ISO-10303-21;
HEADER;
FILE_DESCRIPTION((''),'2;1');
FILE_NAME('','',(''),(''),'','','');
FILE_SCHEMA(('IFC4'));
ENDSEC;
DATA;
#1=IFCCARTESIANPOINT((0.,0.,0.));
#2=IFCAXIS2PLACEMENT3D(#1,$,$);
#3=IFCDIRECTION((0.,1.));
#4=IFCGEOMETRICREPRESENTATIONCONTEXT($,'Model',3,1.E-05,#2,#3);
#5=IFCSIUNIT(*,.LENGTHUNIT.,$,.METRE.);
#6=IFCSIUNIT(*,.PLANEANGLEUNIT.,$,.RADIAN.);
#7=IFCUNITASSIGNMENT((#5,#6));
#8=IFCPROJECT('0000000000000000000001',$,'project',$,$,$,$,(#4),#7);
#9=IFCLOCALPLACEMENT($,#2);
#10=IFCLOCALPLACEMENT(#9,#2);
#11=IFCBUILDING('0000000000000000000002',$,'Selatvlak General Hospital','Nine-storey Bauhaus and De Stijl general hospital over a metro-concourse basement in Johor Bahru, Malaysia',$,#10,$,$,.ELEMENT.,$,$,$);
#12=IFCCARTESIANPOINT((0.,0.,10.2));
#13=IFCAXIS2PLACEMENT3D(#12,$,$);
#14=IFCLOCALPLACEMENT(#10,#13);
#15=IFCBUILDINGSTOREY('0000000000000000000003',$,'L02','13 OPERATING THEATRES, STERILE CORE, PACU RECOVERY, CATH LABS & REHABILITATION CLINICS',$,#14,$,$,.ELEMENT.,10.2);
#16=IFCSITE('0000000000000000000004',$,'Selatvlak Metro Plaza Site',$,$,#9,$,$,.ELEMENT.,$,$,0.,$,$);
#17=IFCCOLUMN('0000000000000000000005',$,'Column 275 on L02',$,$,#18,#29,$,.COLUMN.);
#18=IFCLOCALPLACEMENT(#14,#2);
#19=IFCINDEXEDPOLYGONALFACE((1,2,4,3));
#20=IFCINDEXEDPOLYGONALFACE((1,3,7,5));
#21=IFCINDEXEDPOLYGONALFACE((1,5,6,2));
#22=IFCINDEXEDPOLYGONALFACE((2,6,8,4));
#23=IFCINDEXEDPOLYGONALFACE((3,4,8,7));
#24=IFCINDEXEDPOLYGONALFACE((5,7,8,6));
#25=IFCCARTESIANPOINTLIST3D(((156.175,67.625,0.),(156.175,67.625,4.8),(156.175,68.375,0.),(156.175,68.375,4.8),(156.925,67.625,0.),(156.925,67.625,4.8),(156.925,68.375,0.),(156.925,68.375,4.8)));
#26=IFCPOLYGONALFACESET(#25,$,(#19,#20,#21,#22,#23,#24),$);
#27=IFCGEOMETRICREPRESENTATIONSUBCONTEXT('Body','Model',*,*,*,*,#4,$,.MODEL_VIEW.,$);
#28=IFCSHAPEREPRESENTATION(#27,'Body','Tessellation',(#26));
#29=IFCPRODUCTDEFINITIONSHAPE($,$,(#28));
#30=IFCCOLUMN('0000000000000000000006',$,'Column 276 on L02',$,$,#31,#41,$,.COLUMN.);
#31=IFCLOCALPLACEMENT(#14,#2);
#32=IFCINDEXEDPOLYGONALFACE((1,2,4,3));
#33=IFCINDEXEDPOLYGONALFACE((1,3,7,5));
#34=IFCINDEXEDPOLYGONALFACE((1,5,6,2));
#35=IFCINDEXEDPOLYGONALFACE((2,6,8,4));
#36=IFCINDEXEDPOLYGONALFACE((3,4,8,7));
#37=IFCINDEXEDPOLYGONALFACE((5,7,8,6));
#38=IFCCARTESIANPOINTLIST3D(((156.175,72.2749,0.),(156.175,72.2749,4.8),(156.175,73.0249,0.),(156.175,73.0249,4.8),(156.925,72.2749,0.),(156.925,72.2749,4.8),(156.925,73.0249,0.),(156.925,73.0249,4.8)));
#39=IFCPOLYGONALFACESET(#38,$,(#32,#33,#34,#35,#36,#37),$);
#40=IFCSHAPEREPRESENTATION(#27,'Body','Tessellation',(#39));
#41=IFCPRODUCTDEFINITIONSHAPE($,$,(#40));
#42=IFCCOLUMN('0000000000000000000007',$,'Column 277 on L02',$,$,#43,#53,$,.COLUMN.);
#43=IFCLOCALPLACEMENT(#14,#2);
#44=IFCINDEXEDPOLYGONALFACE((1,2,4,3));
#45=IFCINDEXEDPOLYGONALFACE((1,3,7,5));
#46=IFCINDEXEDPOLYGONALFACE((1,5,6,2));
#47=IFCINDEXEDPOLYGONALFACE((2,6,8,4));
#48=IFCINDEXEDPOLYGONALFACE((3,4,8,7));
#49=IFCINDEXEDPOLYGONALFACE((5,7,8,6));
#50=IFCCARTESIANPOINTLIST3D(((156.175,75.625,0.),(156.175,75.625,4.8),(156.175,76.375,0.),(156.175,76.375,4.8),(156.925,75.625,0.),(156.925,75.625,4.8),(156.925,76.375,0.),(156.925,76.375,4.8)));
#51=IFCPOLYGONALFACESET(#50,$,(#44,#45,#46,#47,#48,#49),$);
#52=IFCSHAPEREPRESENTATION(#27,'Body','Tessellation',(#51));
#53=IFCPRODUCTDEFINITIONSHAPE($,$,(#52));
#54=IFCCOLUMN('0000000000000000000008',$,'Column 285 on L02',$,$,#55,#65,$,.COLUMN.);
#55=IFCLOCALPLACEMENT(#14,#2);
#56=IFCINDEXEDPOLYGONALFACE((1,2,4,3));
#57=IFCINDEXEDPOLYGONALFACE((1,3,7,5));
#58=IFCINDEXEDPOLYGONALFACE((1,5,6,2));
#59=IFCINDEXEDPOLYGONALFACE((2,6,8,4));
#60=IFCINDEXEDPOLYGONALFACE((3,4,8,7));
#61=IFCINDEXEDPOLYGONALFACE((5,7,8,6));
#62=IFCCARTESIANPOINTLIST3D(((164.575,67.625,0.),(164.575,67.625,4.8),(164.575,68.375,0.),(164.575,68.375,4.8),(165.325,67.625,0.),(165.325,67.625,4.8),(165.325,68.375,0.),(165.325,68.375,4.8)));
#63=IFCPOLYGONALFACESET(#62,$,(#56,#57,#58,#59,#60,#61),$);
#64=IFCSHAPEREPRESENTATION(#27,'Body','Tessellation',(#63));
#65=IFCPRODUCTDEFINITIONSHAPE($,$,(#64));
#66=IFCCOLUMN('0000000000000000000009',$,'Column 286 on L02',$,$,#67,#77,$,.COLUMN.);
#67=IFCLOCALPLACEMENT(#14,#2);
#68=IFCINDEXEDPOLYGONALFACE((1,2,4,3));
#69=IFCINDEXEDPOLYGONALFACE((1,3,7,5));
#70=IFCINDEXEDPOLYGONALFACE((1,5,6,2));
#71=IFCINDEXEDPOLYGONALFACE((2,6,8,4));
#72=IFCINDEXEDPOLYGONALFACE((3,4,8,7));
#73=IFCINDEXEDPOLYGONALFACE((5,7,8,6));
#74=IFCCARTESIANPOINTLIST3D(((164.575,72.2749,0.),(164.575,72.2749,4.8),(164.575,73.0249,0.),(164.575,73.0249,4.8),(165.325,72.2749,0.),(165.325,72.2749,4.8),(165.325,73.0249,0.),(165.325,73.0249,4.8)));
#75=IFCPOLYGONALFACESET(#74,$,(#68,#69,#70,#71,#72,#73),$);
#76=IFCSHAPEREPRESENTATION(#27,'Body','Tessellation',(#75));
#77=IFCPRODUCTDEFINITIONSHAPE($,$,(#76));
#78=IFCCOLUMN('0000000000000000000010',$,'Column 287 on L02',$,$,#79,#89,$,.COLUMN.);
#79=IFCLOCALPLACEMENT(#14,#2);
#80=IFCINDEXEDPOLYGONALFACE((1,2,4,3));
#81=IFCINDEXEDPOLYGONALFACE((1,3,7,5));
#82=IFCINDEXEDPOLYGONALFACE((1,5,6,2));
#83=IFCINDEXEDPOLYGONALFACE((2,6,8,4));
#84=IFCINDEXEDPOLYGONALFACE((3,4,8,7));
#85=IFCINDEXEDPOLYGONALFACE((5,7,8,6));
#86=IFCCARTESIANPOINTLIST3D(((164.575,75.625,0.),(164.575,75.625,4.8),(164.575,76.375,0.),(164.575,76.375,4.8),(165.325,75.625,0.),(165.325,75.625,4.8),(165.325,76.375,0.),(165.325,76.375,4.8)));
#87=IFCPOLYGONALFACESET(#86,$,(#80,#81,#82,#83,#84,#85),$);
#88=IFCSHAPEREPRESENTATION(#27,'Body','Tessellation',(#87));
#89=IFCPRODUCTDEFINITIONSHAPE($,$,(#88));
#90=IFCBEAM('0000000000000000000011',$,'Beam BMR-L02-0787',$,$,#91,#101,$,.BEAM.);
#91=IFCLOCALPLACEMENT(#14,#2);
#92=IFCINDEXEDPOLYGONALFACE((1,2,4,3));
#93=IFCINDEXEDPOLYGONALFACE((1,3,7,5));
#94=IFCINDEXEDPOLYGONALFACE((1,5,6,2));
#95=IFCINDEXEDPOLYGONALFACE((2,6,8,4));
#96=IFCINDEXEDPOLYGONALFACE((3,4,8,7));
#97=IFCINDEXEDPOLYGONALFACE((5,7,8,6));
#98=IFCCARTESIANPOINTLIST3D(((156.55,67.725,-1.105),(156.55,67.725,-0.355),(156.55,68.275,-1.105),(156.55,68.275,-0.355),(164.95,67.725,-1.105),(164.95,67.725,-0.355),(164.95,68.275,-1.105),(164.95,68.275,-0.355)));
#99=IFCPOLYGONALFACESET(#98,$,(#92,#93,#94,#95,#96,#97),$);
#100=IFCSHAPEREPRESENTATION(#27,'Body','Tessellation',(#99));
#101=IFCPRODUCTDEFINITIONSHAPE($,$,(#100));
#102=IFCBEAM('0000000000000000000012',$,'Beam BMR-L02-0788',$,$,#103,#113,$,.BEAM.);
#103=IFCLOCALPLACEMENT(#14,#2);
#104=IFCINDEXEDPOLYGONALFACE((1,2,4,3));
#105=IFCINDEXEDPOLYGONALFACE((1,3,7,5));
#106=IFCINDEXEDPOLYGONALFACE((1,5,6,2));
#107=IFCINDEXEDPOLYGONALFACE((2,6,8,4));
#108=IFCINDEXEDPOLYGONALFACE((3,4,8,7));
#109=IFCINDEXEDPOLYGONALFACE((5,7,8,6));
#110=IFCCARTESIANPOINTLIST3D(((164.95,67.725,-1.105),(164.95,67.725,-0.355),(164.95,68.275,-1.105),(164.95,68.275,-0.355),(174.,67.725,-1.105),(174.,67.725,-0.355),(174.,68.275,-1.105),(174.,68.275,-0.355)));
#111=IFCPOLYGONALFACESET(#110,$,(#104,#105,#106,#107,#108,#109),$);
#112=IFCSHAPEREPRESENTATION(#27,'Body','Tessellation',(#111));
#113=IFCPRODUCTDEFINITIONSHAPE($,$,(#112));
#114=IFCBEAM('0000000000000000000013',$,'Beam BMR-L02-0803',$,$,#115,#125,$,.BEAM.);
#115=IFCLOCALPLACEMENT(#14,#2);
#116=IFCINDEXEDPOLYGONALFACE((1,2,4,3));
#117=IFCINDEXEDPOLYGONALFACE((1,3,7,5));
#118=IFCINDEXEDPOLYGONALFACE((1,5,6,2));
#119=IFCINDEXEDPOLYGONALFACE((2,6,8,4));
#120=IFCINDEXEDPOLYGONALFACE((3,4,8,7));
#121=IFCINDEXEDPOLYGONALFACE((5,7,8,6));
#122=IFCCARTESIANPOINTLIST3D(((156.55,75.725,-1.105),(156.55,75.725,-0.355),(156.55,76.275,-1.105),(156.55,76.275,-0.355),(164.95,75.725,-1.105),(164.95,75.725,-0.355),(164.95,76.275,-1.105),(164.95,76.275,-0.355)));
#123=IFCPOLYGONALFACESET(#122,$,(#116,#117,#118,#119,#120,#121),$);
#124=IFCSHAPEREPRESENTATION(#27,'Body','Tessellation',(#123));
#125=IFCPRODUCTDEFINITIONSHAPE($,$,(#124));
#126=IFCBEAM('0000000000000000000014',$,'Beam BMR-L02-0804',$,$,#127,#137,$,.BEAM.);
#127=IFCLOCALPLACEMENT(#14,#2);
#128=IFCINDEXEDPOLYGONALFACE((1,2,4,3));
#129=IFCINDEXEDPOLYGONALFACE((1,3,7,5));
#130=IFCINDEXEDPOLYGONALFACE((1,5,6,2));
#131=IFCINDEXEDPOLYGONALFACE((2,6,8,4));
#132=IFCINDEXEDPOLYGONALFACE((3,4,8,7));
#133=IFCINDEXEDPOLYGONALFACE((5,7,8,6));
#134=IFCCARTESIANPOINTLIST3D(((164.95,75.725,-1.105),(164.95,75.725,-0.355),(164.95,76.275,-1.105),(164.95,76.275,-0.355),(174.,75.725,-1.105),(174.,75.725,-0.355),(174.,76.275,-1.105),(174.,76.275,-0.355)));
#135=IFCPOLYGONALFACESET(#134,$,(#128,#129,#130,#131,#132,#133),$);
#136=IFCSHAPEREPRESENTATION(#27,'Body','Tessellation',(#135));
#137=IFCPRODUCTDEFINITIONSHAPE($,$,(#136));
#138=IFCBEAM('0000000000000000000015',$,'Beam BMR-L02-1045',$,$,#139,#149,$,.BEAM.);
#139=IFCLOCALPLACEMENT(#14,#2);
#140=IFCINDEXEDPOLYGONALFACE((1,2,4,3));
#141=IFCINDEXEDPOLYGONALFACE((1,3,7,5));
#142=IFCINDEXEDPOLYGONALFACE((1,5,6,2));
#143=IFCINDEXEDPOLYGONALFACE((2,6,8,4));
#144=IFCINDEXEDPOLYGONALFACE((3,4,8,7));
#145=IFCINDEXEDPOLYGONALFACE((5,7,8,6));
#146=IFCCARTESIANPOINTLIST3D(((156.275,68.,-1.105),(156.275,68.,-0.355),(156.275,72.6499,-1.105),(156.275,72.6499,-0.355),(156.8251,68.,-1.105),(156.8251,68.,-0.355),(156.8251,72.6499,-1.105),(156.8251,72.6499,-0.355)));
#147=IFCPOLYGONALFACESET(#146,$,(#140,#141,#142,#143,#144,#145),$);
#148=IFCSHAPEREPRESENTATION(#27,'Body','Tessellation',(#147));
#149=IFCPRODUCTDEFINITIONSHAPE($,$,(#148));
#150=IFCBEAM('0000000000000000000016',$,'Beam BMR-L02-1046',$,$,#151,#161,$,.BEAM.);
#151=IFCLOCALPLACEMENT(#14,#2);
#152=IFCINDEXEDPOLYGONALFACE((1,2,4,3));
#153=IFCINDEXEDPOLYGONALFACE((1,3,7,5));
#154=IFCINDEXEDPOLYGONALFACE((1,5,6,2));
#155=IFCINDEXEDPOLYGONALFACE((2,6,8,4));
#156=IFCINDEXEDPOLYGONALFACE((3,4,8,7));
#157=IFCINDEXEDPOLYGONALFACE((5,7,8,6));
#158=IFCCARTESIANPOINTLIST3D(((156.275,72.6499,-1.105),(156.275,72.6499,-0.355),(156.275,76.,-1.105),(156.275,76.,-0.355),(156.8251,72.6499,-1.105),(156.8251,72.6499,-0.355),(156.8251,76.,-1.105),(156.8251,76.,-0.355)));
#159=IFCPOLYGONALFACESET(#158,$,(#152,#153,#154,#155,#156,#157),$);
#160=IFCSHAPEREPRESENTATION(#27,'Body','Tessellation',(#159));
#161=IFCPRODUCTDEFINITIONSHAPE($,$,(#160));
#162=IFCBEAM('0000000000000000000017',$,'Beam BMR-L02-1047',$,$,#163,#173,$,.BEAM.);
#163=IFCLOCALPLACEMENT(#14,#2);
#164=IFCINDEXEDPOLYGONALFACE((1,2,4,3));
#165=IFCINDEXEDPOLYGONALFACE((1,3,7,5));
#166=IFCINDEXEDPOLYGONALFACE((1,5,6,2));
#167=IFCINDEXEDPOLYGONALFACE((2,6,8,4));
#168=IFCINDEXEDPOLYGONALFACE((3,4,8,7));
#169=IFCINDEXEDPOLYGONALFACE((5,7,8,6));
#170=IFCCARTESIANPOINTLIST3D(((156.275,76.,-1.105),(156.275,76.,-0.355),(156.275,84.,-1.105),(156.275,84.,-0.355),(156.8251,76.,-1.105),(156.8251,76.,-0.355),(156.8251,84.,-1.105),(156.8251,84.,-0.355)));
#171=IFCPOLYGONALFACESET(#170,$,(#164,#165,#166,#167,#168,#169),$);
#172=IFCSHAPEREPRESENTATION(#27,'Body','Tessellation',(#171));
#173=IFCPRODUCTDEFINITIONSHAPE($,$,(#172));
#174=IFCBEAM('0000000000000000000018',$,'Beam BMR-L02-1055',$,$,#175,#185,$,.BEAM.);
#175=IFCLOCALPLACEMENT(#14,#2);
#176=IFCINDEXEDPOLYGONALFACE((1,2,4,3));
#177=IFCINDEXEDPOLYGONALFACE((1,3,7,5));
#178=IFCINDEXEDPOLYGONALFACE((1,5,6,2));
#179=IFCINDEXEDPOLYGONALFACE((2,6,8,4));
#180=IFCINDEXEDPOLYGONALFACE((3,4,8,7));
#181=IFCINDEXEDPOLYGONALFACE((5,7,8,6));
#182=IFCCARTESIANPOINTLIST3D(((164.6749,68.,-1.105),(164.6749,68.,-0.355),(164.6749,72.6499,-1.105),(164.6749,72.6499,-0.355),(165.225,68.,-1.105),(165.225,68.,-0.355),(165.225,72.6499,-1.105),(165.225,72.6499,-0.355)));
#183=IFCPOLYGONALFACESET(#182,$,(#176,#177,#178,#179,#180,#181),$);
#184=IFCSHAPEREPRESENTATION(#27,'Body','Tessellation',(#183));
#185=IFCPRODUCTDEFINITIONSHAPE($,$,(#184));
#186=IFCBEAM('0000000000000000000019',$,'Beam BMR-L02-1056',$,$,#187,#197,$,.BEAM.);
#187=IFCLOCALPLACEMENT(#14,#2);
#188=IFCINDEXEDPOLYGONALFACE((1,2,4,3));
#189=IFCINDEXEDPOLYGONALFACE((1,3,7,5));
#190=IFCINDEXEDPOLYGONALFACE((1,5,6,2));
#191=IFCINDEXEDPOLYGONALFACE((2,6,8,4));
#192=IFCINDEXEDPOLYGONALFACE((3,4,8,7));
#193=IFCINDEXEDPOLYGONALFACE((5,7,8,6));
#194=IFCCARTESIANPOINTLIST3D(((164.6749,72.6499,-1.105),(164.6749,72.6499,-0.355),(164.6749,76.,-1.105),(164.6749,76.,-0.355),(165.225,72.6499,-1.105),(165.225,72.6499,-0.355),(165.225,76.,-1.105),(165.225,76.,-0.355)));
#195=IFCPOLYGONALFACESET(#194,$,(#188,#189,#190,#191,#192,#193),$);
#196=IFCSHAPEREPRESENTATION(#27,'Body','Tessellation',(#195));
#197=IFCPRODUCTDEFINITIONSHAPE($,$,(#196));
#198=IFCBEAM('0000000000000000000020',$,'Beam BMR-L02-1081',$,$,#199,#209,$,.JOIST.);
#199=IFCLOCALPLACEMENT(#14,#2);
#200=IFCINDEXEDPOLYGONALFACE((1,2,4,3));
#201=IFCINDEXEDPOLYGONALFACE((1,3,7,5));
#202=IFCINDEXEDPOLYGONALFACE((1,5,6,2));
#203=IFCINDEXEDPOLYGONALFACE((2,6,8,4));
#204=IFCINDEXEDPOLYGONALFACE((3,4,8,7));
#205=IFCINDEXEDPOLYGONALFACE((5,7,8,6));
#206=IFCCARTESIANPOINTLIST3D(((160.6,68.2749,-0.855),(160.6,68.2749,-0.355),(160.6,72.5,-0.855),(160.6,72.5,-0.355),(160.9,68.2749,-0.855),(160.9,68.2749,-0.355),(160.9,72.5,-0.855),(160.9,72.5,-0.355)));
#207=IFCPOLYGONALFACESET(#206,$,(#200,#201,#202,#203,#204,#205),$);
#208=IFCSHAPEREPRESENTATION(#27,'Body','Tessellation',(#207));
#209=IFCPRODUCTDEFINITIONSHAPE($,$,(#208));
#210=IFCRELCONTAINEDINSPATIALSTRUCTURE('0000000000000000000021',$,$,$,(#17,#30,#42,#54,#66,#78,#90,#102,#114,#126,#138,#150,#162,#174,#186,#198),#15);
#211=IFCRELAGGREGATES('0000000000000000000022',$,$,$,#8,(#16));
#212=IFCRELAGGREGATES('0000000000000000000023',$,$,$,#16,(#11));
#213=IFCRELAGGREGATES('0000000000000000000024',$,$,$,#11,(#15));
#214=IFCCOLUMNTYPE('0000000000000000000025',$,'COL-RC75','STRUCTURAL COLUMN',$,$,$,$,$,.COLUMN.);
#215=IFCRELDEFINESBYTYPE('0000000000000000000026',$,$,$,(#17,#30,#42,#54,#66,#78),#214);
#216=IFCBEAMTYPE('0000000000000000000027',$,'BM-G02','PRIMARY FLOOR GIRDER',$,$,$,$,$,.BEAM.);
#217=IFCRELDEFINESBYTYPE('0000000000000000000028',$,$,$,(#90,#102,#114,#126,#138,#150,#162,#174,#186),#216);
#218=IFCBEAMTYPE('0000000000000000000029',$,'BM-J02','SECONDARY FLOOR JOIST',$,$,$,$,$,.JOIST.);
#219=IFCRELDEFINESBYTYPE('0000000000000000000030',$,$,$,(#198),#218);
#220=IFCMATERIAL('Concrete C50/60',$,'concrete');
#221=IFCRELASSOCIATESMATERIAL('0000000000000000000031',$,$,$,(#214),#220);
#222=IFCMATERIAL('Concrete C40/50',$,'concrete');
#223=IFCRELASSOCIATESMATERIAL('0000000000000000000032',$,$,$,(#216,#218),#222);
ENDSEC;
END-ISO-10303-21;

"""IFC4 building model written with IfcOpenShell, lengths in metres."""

from ifc_helpers import new_model, si_unit, direction, frame, origin, origin_2d, place, context, subcontext, project, spatial, rectangle, extrude, material, material_profile, profile_set, type_object, element, save


model = new_model("IFC4")

# Units and contexts
model_context = context("Model", 3, precision=1e-05, world=origin(), true_north=direction((0.0, 1.0)))
body_context = subcontext(model_context, "Body", "Model", "MODEL_VIEW")
ifc_project = project(units=[si_unit("LENGTHUNIT", "METRE"), si_unit("PLANEANGLEUNIT", "RADIAN")], contexts=[model_context])

# Site, building, storey
site_placement = place(None, origin())
site = spatial("IfcSite", under=ifc_project, at=site_placement, Name="Selatvlak Metro Plaza Site", CompositionType="ELEMENT", RefElevation=0.0)
building_placement = place(site_placement, origin())
building = spatial("IfcBuilding", under=site, at=building_placement, Name="Selatvlak General Hospital", Description="Nine-storey Bauhaus and De Stijl general hospital over a metro-concourse basement in Johor Bahru, Malaysia", CompositionType="ELEMENT")
storey_placement = place(building_placement, frame((0.0, 0.0, 10.2)))
storey = spatial("IfcBuildingStorey", under=building, at=storey_placement, Name="L02", Description="13 OPERATING THEATRES, STERILE CORE, PACU RECOVERY, CATH LABS & REHABILITATION CLINICS", CompositionType="ELEMENT", Elevation=10.2)

# Columns
ifc_material_1 = material(Name="Concrete C50/60", Category="concrete")
ifc_material_profile_1 = material_profile(ifc_material_1, rectangle(XDim=0.75, YDim=0.75, at=origin_2d()), Name="RC-COL 750x750")
ifc_profile_set_1 = profile_set([ifc_material_profile_1], Name="Concrete C50/60")
column_type = type_object("IfcColumnType", Name="COL-RC75", Description="STRUCTURAL COLUMN", PredefinedType="COLUMN", material=ifc_profile_set_1)
for number, where, z_axis, x_axis, name in (
    (1, (156.55, 68.0, 0.0), (0.0, 0.0, 1.0), (1.0, 0.0, 0.0), "Column 275 on L02"),
    (2, (156.55, 72.6499, 0.0), (0.0, 0.0, 1.0), (1.0, 0.0, 0.0), "Column 276 on L02"),
    (3, (156.55, 76.0, 0.0), (0.0, 0.0, 1.0), (1.0, 0.0, 0.0), "Column 277 on L02"),
    (4, (164.95, 68.0, 0.0), (0.0, 0.0, 1.0), (1.0, 0.0, 0.0), "Column 285 on L02"),
    (5, (164.95, 72.6499, 0.0), (0.0, 0.0, 1.0), (1.0, 0.0, 0.0), "Column 286 on L02"),
    (6, (164.95, 76.0, 0.0), (0.0, 0.0, 1.0), (1.0, 0.0, 0.0), "Column 287 on L02"),
):
    element("IfcColumn", number, at=place(storey_placement, frame(where, z_axis=z_axis, x_axis=x_axis)), inside=storey, type_object=column_type, Name=name, PredefinedType="COLUMN", context=body_context, shape_type="SweptSolid", body=[
        extrude(rectangle(XDim=0.75, YDim=0.75, at=origin_2d()), origin(), (0.0, 0.0, 1.0), 4.8),
    ])

# Beams
ifc_material_2 = material(Name="Concrete C40/50", Category="concrete")
ifc_material_profile_2 = material_profile(ifc_material_2, rectangle(XDim=0.55, YDim=0.75, at=origin_2d()), Name="RC-BM 550x750")
ifc_profile_set_2 = profile_set([ifc_material_profile_2], Name="Concrete C40/50")
beam_type_1 = type_object("IfcBeamType", Name="BM-G02", Description="PRIMARY FLOOR GIRDER", PredefinedType="BEAM", material=ifc_profile_set_2)
beam_1_placement = place(storey_placement, frame((156.55, 68.0, -0.73), z_axis=(1.0, 0.0, 0.0), x_axis=(0.0, 1.0, 0.0)))
element("IfcBeam", 7, at=beam_1_placement, inside=storey, type_object=beam_type_1, Name="Beam BMR-L02-0787", PredefinedType="BEAM", context=body_context, shape_type="SweptSolid", body=[
    extrude(rectangle(XDim=0.55, YDim=0.75, at=origin_2d()), origin(), (0.0, 0.0, 1.0), 8.3999),
])
beam_2_placement = place(storey_placement, frame((164.95, 68.0, -0.73), z_axis=(1.0, 0.0, 0.0), x_axis=(0.0, 1.0, 0.0)))
element("IfcBeam", 8, at=beam_2_placement, inside=storey, type_object=beam_type_1, Name="Beam BMR-L02-0788", PredefinedType="BEAM", context=body_context, shape_type="SweptSolid", body=[
    extrude(rectangle(XDim=0.55, YDim=0.75, at=origin_2d()), origin(), (0.0, 0.0, 1.0), 9.05),
])
beam_3_placement = place(storey_placement, frame((156.55, 76.0, -0.73), z_axis=(1.0, 0.0, 0.0), x_axis=(0.0, 1.0, 0.0)))
element("IfcBeam", 9, at=beam_3_placement, inside=storey, type_object=beam_type_1, Name="Beam BMR-L02-0803", PredefinedType="BEAM", context=body_context, shape_type="SweptSolid", body=[
    extrude(rectangle(XDim=0.55, YDim=0.75, at=origin_2d()), origin(), (0.0, 0.0, 1.0), 8.3999),
])
beam_4_placement = place(storey_placement, frame((164.95, 76.0, -0.73), z_axis=(1.0, 0.0, 0.0), x_axis=(0.0, 1.0, 0.0)))
element("IfcBeam", 10, at=beam_4_placement, inside=storey, type_object=beam_type_1, Name="Beam BMR-L02-0804", PredefinedType="BEAM", context=body_context, shape_type="SweptSolid", body=[
    extrude(rectangle(XDim=0.55, YDim=0.75, at=origin_2d()), origin(), (0.0, 0.0, 1.0), 9.05),
])
beam_5_placement = place(storey_placement, frame((156.55, 68.0, -0.73), z_axis=(0.0, 1.0, 0.0), x_axis=(-1.0, 0.0, 0.0)))
element("IfcBeam", 11, at=beam_5_placement, inside=storey, type_object=beam_type_1, Name="Beam BMR-L02-1045", PredefinedType="BEAM", context=body_context, shape_type="SweptSolid", body=[
    extrude(rectangle(XDim=0.55, YDim=0.75, at=origin_2d()), origin(), (0.0, 0.0, 1.0), 4.6499),
])
beam_6_placement = place(storey_placement, frame((156.55, 72.6499, -0.73), z_axis=(0.0, 1.0, 0.0), x_axis=(-1.0, 0.0, 0.0)))
element("IfcBeam", 12, at=beam_6_placement, inside=storey, type_object=beam_type_1, Name="Beam BMR-L02-1046", PredefinedType="BEAM", context=body_context, shape_type="SweptSolid", body=[
    extrude(rectangle(XDim=0.55, YDim=0.75, at=origin_2d()), origin(), (0.0, 0.0, 1.0), 3.3501),
])
beam_7_placement = place(storey_placement, frame((156.55, 76.0, -0.73), z_axis=(0.0, 1.0, 0.0), x_axis=(-1.0, 0.0, 0.0)))
element("IfcBeam", 13, at=beam_7_placement, inside=storey, type_object=beam_type_1, Name="Beam BMR-L02-1047", PredefinedType="BEAM", context=body_context, shape_type="SweptSolid", body=[
    extrude(rectangle(XDim=0.55, YDim=0.75, at=origin_2d()), origin(), (0.0, 0.0, 1.0), 8.0),
])
beam_8_placement = place(storey_placement, frame((164.95, 68.0, -0.73), z_axis=(0.0, 1.0, 0.0), x_axis=(-1.0, 0.0, 0.0)))
element("IfcBeam", 14, at=beam_8_placement, inside=storey, type_object=beam_type_1, Name="Beam BMR-L02-1055", PredefinedType="BEAM", context=body_context, shape_type="SweptSolid", body=[
    extrude(rectangle(XDim=0.55, YDim=0.75, at=origin_2d()), origin(), (0.0, 0.0, 1.0), 4.6499),
])
beam_9_placement = place(storey_placement, frame((164.95, 72.6499, -0.73), z_axis=(0.0, 1.0, 0.0), x_axis=(-1.0, 0.0, 0.0)))
element("IfcBeam", 15, at=beam_9_placement, inside=storey, type_object=beam_type_1, Name="Beam BMR-L02-1056", PredefinedType="BEAM", context=body_context, shape_type="SweptSolid", body=[
    extrude(rectangle(XDim=0.55, YDim=0.75, at=origin_2d()), origin(), (0.0, 0.0, 1.0), 3.3501),
])
ifc_material_profile_3 = material_profile(ifc_material_2, rectangle(XDim=0.3, YDim=0.5, at=origin_2d()), Name="RC-BM 300x500")
ifc_profile_set_3 = profile_set([ifc_material_profile_3], Name="Concrete C40/50")
beam_type_2 = type_object("IfcBeamType", Name="BM-J02", Description="SECONDARY FLOOR JOIST", PredefinedType="JOIST", material=ifc_profile_set_3)
beam_10_placement = place(storey_placement, frame((160.75, 68.2749, -0.605), z_axis=(0.0, 1.0, 0.0), x_axis=(-1.0, 0.0, 0.0)))
element("IfcBeam", 16, at=beam_10_placement, inside=storey, type_object=beam_type_2, Name="Beam BMR-L02-1081", PredefinedType="JOIST", context=body_context, shape_type="SweptSolid", body=[
    extrude(rectangle(XDim=0.3, YDim=0.5, at=origin_2d()), origin(), (0.0, 0.0, 1.0), 4.2251),
])

save(model, "model.ifc")
